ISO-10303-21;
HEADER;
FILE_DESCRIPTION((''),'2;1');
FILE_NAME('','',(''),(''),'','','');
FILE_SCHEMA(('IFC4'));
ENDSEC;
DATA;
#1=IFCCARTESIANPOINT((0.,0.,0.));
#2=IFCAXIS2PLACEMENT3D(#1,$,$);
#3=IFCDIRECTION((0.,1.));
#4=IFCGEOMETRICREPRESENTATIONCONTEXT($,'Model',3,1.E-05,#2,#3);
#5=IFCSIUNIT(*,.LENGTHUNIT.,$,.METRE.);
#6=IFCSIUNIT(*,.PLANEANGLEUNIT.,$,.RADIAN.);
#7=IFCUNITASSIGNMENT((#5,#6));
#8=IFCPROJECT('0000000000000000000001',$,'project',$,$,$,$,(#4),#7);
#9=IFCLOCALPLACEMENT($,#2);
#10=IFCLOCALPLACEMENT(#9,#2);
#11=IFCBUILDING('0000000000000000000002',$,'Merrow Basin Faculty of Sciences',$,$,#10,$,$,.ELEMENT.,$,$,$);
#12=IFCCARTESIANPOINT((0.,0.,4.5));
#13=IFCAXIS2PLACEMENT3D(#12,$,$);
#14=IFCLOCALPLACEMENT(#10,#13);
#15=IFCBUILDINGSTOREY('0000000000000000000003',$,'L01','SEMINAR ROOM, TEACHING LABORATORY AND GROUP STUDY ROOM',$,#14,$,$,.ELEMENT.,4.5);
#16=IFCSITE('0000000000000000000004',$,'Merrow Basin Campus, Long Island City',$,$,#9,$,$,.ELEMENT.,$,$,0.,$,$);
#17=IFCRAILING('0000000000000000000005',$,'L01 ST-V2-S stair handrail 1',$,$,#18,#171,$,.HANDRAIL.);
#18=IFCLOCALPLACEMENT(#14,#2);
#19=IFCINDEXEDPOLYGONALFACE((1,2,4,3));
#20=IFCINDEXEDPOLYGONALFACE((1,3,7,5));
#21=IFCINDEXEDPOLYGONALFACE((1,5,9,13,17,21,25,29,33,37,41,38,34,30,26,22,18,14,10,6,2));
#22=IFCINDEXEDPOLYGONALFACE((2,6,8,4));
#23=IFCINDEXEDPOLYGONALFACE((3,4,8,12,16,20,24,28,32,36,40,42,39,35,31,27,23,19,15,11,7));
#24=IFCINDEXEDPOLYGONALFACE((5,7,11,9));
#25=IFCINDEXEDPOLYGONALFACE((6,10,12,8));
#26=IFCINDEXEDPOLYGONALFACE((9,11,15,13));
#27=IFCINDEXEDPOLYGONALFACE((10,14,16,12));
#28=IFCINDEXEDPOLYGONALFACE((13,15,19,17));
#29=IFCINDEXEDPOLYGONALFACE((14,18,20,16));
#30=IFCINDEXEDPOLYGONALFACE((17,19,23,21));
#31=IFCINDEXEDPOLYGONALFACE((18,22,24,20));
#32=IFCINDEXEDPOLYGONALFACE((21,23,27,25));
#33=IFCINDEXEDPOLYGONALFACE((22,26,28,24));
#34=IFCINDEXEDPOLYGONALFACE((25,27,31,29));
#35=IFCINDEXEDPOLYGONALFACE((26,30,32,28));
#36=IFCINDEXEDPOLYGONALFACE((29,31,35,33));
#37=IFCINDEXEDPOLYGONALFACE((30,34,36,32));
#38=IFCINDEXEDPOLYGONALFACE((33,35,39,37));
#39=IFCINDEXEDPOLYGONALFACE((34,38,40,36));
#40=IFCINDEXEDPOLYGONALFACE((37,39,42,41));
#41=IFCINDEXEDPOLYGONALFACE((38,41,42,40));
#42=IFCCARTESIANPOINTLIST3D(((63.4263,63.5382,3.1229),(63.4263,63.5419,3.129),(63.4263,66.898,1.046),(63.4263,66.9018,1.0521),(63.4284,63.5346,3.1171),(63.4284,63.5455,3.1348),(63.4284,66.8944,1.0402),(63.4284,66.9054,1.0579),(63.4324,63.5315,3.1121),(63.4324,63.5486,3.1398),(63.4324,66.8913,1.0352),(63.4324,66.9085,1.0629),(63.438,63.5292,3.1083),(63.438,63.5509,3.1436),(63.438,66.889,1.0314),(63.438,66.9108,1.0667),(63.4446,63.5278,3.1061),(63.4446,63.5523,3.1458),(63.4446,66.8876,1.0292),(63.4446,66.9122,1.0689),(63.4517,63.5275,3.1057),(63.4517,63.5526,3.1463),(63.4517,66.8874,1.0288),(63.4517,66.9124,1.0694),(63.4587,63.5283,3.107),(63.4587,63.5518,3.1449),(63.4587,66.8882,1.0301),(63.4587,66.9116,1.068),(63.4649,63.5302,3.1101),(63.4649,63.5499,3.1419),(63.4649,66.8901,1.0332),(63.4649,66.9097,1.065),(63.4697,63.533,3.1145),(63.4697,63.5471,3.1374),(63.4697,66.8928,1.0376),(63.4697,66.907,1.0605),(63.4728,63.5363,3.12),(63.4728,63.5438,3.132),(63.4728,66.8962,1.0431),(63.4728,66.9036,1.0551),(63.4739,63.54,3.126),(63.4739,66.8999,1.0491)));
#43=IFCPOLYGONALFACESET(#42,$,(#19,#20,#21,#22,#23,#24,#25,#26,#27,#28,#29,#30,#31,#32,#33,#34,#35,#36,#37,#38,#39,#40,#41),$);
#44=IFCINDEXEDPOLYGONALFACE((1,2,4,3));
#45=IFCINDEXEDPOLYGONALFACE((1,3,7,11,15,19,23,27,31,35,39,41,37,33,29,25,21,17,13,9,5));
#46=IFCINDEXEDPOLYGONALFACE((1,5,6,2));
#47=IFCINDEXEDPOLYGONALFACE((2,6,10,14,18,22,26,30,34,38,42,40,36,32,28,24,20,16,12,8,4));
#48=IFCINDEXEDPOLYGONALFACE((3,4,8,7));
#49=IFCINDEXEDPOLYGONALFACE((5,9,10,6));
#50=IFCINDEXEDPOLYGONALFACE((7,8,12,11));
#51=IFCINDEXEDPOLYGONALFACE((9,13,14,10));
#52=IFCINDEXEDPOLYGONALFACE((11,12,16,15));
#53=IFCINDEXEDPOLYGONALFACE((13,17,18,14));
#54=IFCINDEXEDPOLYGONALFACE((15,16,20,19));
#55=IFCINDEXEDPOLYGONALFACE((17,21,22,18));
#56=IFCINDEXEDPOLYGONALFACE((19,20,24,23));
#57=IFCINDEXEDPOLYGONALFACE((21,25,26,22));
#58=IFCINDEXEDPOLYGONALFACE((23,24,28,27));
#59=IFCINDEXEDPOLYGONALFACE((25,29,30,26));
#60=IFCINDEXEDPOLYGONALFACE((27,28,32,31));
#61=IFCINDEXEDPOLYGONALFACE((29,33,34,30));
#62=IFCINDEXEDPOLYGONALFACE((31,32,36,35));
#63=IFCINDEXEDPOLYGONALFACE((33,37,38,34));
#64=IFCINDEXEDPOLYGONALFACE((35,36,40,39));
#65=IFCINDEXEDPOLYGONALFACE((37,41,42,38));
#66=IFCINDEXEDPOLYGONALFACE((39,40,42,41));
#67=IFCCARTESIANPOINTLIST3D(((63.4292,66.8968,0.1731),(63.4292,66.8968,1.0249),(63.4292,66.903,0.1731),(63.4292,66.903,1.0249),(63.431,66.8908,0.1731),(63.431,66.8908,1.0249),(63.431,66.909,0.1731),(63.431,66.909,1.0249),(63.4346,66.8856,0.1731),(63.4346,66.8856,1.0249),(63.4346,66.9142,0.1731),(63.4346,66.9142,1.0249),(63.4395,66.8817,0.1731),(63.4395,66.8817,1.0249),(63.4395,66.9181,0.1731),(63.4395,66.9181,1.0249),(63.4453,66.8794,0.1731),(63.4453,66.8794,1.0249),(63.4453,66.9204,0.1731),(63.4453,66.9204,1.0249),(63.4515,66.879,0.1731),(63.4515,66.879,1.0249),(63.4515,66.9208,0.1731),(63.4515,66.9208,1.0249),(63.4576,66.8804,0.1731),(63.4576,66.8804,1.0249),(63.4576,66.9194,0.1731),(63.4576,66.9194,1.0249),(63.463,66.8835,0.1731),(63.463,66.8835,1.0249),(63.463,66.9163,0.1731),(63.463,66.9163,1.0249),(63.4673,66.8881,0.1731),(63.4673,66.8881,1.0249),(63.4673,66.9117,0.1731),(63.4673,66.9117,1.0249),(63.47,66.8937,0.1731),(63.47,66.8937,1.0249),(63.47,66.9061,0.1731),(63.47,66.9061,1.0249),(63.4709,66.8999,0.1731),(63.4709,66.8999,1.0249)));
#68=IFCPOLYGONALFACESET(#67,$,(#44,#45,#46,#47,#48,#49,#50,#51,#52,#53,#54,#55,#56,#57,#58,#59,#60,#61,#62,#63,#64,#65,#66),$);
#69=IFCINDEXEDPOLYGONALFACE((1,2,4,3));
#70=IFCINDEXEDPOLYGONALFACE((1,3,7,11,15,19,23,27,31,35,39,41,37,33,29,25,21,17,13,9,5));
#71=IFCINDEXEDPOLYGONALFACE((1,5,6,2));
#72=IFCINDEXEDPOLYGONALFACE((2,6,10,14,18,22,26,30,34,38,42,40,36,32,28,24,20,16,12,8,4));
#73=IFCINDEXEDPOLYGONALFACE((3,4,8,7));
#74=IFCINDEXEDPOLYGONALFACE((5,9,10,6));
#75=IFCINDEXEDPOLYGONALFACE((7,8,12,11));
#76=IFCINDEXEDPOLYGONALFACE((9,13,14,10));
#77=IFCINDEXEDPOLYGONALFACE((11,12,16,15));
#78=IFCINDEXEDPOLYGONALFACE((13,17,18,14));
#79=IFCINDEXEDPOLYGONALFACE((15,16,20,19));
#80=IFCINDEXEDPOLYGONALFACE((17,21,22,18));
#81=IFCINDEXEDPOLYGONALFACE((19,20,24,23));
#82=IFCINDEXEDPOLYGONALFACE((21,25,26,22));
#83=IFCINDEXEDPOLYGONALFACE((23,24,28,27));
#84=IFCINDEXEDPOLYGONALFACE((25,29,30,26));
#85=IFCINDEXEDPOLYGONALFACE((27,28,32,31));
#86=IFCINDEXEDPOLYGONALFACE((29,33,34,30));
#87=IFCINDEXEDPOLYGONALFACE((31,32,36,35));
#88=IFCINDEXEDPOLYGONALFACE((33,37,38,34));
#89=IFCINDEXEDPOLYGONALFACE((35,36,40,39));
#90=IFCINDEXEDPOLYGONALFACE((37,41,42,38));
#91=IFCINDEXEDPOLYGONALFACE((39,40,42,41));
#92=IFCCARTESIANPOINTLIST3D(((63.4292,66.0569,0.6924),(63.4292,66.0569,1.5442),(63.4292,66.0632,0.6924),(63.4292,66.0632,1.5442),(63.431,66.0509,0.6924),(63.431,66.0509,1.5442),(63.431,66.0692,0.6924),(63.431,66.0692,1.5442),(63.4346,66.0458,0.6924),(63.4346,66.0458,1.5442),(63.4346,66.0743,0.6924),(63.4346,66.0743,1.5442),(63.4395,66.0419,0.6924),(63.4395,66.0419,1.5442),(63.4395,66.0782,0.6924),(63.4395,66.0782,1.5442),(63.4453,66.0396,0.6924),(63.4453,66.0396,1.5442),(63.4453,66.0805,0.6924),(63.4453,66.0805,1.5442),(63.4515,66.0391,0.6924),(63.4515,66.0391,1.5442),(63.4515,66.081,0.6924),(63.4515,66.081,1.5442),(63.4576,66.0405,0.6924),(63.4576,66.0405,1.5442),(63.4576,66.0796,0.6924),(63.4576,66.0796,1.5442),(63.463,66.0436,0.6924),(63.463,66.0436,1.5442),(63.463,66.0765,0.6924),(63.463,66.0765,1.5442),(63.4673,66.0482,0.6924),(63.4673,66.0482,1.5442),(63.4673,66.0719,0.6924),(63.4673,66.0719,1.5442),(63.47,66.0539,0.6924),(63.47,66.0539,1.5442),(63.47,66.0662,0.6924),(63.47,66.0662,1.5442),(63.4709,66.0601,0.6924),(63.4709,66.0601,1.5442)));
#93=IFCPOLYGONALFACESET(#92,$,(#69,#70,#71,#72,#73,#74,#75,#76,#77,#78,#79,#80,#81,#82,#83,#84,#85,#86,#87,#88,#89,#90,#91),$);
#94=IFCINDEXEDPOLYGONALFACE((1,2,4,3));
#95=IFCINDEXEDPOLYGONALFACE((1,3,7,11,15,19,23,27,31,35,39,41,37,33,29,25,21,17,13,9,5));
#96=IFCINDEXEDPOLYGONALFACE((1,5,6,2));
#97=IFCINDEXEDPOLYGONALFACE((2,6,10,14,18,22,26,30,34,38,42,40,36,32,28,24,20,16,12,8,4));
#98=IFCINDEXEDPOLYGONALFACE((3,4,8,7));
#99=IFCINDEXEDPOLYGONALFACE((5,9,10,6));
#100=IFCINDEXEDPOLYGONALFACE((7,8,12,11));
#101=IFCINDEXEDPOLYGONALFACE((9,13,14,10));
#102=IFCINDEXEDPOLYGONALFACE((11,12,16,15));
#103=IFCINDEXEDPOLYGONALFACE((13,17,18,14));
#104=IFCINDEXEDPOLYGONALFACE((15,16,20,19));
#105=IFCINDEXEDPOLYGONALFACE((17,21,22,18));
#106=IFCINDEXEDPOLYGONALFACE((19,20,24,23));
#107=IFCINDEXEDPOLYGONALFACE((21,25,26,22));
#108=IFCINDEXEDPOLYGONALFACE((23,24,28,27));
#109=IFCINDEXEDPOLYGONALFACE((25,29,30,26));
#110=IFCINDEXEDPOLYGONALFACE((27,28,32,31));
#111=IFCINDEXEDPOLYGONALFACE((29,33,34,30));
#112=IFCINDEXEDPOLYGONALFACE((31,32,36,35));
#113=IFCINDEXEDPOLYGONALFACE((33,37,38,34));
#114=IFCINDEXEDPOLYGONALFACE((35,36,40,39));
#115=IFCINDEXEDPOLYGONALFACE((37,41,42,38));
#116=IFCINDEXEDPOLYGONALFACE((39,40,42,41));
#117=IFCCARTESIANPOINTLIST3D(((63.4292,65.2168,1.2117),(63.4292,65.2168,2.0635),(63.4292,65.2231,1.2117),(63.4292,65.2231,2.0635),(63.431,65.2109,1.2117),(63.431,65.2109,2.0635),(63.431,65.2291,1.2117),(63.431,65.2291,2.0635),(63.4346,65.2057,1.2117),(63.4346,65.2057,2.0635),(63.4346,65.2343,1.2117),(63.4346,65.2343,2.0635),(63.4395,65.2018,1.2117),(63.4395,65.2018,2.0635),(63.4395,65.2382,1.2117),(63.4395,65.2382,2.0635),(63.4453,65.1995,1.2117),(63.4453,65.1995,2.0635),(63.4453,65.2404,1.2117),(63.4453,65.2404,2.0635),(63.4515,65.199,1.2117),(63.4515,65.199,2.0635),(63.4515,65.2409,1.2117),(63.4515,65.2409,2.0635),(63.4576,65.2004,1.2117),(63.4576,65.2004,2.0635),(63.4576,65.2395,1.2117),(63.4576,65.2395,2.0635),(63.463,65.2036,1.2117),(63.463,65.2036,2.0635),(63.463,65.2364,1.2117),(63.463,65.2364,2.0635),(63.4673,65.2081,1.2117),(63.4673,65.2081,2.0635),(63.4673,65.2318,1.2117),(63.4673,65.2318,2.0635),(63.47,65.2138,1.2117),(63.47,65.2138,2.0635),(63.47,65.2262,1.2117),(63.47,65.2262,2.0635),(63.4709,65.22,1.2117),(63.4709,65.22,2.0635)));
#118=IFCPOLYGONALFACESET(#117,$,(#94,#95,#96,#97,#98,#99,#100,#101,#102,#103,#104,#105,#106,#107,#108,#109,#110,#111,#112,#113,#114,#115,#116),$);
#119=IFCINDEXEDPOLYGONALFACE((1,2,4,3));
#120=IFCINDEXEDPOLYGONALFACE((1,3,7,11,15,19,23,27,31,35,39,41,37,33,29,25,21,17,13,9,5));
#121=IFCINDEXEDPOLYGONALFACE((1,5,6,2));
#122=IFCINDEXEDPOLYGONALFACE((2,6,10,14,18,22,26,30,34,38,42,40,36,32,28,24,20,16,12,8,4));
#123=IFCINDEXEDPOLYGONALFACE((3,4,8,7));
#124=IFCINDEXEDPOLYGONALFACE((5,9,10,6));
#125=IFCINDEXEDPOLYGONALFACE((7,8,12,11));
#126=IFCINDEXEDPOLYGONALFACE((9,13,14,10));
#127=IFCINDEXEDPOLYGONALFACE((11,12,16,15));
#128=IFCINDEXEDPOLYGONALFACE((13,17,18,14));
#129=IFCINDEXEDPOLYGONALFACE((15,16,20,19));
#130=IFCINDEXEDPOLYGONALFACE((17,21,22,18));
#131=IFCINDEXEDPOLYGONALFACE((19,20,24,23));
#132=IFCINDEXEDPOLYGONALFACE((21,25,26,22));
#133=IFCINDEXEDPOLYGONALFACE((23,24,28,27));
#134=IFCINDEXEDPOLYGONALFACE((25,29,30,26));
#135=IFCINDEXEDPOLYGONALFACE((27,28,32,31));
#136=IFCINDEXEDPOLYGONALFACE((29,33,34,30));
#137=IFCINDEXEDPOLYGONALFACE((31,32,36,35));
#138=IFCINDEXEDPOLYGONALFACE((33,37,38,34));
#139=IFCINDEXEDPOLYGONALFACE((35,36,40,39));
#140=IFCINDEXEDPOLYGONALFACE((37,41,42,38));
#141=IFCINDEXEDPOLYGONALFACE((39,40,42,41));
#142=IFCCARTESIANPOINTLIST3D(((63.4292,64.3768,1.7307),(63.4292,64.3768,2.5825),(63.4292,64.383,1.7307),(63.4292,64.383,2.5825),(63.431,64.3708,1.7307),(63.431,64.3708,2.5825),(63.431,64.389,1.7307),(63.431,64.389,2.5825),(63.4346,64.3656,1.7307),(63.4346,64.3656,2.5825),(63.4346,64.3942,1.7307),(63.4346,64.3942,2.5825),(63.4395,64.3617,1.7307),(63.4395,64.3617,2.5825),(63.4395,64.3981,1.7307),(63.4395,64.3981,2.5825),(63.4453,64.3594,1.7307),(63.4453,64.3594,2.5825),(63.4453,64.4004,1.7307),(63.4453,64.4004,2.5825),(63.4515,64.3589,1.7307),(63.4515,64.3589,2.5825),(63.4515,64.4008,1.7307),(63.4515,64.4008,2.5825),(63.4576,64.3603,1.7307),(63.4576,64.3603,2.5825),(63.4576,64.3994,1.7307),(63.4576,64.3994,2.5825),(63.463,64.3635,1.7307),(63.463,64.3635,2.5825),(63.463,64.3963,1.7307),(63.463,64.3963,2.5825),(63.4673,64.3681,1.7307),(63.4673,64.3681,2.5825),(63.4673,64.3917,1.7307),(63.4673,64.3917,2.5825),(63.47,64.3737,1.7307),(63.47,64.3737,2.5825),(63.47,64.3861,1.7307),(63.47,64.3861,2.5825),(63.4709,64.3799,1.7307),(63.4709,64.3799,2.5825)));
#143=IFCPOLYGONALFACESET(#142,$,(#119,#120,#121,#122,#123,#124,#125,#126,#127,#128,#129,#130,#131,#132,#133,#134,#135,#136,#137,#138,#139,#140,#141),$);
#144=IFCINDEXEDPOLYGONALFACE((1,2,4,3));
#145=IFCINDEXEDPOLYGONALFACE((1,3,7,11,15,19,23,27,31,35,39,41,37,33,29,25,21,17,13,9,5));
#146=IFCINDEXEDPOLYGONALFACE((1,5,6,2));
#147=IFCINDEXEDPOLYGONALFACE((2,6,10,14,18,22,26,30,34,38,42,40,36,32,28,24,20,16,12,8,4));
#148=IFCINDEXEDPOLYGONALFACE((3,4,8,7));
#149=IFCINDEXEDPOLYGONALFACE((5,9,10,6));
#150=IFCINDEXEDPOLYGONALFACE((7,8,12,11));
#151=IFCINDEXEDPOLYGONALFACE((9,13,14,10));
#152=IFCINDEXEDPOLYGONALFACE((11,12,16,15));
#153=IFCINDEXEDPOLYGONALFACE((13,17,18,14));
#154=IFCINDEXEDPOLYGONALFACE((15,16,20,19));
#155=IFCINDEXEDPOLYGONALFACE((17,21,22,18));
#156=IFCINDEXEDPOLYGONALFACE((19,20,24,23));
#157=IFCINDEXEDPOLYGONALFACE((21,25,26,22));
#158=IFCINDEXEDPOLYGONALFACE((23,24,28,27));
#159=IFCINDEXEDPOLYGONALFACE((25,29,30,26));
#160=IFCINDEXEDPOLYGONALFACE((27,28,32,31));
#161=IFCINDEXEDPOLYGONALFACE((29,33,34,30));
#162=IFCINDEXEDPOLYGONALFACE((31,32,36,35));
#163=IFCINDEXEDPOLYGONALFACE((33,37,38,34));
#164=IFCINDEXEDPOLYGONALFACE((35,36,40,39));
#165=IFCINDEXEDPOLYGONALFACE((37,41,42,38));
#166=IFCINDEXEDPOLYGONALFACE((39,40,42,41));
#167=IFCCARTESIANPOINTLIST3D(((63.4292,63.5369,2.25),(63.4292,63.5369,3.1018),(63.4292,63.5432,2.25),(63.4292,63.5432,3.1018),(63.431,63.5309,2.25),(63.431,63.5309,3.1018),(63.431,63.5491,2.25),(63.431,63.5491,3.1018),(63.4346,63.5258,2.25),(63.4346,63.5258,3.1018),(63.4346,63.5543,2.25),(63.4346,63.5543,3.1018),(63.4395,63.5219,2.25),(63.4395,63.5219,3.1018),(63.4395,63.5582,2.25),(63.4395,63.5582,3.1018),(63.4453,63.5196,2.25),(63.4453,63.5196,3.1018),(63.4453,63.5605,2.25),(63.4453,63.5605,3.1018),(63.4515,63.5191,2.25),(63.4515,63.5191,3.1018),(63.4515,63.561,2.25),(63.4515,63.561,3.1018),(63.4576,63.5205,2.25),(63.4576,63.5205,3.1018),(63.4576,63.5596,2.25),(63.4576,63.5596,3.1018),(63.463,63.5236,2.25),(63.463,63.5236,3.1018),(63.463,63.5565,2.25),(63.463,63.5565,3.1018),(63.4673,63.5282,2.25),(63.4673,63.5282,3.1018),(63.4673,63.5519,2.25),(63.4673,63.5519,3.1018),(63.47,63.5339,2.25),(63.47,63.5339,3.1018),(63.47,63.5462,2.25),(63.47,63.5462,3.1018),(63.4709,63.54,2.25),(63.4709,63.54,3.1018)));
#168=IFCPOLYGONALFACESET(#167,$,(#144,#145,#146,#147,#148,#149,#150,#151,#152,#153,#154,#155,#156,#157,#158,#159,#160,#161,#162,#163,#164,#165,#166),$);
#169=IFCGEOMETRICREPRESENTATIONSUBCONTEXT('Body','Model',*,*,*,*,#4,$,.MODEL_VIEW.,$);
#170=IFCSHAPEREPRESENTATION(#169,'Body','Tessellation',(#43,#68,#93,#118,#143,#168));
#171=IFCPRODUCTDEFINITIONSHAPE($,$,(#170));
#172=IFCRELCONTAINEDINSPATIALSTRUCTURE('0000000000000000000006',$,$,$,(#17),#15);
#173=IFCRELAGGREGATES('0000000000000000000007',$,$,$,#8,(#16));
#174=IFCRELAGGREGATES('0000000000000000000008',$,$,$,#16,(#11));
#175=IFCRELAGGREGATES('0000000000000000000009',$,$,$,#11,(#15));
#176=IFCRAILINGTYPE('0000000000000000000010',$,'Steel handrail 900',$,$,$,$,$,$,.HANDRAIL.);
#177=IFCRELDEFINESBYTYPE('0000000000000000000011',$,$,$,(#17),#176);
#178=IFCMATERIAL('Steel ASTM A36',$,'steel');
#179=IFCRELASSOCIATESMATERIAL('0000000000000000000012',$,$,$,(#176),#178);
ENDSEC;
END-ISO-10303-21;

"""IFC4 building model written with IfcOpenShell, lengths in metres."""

from ifc_helpers import new_model, si_unit, direction, frame, origin, origin_2d, place, context, subcontext, project, spatial, circle, extrude, material, type_object, element, save


model = new_model("IFC4")

# Units and contexts
model_context = context("Model", 3, precision=1e-05, world=origin(), true_north=direction((0.0, 1.0)))
body_context = subcontext(model_context, "Body", "Model", "MODEL_VIEW")
ifc_project = project(units=[si_unit("LENGTHUNIT", "METRE"), si_unit("PLANEANGLEUNIT", "RADIAN")], contexts=[model_context])

# Site, building, storey
site_placement = place(None, origin())
site = spatial("IfcSite", under=ifc_project, at=site_placement, Name="Merrow Basin Campus, Long Island City", CompositionType="ELEMENT", RefElevation=0.0)
building_placement = place(site_placement, origin())
building = spatial("IfcBuilding", under=site, at=building_placement, Name="Merrow Basin Faculty of Sciences", CompositionType="ELEMENT")
storey_placement = place(building_placement, frame((0.0, 0.0, 4.5)))
storey = spatial("IfcBuildingStorey", under=building, at=storey_placement, Name="L01", Description="SEMINAR ROOM, TEACHING LABORATORY AND GROUP STUDY ROOM", CompositionType="ELEMENT", Elevation=4.5)

# Railing
ifc_material_1 = material(Name="Steel ASTM A36", Category="steel")
railing_type_1 = type_object("IfcRailingType", Name="Steel handrail 900", PredefinedType="HANDRAIL", material=ifc_material_1)
railing_1_placement = place(storey_placement, frame((63.45, 66.8999, 0.1731)))
element("IfcRailing", 1, at=railing_1_placement, inside=storey, type_object=railing_type_1, Name="L01 ST-V2-S stair handrail 1", PredefinedType="HANDRAIL", context=body_context, shape_type="SweptSolid", body=[
    extrude(circle(Radius=0.0239, at=origin_2d()), frame((0.0, 0.0, 0.876), z_axis=(0.0, -0.850606, 0.525803), x_axis=(1.0, 0.0, 0.0)), (0.0, 0.0, 1.0), 3.95),
    extrude(circle(Radius=0.021, at=origin_2d()), origin(), (0.0, 0.0, 1.0), 0.8518),
    extrude(circle(Radius=0.021, at=origin_2d()), frame((0.0, -0.8398, 0.5193)), (0.0, 0.0, 1.0), 0.8518),
    extrude(circle(Radius=0.021, at=origin_2d()), frame((0.0, -1.6799, 1.0386)), (0.0, 0.0, 1.0), 0.8518),
    extrude(circle(Radius=0.021, at=origin_2d()), frame((0.0, -2.52, 1.5576)), (0.0, 0.0, 1.0), 0.8518),
    extrude(circle(Radius=0.021, at=origin_2d()), frame((0.0, -3.3599, 2.0769)), (0.0, 0.0, 1.0), 0.8518),
])

save(model, "model.ifc")
